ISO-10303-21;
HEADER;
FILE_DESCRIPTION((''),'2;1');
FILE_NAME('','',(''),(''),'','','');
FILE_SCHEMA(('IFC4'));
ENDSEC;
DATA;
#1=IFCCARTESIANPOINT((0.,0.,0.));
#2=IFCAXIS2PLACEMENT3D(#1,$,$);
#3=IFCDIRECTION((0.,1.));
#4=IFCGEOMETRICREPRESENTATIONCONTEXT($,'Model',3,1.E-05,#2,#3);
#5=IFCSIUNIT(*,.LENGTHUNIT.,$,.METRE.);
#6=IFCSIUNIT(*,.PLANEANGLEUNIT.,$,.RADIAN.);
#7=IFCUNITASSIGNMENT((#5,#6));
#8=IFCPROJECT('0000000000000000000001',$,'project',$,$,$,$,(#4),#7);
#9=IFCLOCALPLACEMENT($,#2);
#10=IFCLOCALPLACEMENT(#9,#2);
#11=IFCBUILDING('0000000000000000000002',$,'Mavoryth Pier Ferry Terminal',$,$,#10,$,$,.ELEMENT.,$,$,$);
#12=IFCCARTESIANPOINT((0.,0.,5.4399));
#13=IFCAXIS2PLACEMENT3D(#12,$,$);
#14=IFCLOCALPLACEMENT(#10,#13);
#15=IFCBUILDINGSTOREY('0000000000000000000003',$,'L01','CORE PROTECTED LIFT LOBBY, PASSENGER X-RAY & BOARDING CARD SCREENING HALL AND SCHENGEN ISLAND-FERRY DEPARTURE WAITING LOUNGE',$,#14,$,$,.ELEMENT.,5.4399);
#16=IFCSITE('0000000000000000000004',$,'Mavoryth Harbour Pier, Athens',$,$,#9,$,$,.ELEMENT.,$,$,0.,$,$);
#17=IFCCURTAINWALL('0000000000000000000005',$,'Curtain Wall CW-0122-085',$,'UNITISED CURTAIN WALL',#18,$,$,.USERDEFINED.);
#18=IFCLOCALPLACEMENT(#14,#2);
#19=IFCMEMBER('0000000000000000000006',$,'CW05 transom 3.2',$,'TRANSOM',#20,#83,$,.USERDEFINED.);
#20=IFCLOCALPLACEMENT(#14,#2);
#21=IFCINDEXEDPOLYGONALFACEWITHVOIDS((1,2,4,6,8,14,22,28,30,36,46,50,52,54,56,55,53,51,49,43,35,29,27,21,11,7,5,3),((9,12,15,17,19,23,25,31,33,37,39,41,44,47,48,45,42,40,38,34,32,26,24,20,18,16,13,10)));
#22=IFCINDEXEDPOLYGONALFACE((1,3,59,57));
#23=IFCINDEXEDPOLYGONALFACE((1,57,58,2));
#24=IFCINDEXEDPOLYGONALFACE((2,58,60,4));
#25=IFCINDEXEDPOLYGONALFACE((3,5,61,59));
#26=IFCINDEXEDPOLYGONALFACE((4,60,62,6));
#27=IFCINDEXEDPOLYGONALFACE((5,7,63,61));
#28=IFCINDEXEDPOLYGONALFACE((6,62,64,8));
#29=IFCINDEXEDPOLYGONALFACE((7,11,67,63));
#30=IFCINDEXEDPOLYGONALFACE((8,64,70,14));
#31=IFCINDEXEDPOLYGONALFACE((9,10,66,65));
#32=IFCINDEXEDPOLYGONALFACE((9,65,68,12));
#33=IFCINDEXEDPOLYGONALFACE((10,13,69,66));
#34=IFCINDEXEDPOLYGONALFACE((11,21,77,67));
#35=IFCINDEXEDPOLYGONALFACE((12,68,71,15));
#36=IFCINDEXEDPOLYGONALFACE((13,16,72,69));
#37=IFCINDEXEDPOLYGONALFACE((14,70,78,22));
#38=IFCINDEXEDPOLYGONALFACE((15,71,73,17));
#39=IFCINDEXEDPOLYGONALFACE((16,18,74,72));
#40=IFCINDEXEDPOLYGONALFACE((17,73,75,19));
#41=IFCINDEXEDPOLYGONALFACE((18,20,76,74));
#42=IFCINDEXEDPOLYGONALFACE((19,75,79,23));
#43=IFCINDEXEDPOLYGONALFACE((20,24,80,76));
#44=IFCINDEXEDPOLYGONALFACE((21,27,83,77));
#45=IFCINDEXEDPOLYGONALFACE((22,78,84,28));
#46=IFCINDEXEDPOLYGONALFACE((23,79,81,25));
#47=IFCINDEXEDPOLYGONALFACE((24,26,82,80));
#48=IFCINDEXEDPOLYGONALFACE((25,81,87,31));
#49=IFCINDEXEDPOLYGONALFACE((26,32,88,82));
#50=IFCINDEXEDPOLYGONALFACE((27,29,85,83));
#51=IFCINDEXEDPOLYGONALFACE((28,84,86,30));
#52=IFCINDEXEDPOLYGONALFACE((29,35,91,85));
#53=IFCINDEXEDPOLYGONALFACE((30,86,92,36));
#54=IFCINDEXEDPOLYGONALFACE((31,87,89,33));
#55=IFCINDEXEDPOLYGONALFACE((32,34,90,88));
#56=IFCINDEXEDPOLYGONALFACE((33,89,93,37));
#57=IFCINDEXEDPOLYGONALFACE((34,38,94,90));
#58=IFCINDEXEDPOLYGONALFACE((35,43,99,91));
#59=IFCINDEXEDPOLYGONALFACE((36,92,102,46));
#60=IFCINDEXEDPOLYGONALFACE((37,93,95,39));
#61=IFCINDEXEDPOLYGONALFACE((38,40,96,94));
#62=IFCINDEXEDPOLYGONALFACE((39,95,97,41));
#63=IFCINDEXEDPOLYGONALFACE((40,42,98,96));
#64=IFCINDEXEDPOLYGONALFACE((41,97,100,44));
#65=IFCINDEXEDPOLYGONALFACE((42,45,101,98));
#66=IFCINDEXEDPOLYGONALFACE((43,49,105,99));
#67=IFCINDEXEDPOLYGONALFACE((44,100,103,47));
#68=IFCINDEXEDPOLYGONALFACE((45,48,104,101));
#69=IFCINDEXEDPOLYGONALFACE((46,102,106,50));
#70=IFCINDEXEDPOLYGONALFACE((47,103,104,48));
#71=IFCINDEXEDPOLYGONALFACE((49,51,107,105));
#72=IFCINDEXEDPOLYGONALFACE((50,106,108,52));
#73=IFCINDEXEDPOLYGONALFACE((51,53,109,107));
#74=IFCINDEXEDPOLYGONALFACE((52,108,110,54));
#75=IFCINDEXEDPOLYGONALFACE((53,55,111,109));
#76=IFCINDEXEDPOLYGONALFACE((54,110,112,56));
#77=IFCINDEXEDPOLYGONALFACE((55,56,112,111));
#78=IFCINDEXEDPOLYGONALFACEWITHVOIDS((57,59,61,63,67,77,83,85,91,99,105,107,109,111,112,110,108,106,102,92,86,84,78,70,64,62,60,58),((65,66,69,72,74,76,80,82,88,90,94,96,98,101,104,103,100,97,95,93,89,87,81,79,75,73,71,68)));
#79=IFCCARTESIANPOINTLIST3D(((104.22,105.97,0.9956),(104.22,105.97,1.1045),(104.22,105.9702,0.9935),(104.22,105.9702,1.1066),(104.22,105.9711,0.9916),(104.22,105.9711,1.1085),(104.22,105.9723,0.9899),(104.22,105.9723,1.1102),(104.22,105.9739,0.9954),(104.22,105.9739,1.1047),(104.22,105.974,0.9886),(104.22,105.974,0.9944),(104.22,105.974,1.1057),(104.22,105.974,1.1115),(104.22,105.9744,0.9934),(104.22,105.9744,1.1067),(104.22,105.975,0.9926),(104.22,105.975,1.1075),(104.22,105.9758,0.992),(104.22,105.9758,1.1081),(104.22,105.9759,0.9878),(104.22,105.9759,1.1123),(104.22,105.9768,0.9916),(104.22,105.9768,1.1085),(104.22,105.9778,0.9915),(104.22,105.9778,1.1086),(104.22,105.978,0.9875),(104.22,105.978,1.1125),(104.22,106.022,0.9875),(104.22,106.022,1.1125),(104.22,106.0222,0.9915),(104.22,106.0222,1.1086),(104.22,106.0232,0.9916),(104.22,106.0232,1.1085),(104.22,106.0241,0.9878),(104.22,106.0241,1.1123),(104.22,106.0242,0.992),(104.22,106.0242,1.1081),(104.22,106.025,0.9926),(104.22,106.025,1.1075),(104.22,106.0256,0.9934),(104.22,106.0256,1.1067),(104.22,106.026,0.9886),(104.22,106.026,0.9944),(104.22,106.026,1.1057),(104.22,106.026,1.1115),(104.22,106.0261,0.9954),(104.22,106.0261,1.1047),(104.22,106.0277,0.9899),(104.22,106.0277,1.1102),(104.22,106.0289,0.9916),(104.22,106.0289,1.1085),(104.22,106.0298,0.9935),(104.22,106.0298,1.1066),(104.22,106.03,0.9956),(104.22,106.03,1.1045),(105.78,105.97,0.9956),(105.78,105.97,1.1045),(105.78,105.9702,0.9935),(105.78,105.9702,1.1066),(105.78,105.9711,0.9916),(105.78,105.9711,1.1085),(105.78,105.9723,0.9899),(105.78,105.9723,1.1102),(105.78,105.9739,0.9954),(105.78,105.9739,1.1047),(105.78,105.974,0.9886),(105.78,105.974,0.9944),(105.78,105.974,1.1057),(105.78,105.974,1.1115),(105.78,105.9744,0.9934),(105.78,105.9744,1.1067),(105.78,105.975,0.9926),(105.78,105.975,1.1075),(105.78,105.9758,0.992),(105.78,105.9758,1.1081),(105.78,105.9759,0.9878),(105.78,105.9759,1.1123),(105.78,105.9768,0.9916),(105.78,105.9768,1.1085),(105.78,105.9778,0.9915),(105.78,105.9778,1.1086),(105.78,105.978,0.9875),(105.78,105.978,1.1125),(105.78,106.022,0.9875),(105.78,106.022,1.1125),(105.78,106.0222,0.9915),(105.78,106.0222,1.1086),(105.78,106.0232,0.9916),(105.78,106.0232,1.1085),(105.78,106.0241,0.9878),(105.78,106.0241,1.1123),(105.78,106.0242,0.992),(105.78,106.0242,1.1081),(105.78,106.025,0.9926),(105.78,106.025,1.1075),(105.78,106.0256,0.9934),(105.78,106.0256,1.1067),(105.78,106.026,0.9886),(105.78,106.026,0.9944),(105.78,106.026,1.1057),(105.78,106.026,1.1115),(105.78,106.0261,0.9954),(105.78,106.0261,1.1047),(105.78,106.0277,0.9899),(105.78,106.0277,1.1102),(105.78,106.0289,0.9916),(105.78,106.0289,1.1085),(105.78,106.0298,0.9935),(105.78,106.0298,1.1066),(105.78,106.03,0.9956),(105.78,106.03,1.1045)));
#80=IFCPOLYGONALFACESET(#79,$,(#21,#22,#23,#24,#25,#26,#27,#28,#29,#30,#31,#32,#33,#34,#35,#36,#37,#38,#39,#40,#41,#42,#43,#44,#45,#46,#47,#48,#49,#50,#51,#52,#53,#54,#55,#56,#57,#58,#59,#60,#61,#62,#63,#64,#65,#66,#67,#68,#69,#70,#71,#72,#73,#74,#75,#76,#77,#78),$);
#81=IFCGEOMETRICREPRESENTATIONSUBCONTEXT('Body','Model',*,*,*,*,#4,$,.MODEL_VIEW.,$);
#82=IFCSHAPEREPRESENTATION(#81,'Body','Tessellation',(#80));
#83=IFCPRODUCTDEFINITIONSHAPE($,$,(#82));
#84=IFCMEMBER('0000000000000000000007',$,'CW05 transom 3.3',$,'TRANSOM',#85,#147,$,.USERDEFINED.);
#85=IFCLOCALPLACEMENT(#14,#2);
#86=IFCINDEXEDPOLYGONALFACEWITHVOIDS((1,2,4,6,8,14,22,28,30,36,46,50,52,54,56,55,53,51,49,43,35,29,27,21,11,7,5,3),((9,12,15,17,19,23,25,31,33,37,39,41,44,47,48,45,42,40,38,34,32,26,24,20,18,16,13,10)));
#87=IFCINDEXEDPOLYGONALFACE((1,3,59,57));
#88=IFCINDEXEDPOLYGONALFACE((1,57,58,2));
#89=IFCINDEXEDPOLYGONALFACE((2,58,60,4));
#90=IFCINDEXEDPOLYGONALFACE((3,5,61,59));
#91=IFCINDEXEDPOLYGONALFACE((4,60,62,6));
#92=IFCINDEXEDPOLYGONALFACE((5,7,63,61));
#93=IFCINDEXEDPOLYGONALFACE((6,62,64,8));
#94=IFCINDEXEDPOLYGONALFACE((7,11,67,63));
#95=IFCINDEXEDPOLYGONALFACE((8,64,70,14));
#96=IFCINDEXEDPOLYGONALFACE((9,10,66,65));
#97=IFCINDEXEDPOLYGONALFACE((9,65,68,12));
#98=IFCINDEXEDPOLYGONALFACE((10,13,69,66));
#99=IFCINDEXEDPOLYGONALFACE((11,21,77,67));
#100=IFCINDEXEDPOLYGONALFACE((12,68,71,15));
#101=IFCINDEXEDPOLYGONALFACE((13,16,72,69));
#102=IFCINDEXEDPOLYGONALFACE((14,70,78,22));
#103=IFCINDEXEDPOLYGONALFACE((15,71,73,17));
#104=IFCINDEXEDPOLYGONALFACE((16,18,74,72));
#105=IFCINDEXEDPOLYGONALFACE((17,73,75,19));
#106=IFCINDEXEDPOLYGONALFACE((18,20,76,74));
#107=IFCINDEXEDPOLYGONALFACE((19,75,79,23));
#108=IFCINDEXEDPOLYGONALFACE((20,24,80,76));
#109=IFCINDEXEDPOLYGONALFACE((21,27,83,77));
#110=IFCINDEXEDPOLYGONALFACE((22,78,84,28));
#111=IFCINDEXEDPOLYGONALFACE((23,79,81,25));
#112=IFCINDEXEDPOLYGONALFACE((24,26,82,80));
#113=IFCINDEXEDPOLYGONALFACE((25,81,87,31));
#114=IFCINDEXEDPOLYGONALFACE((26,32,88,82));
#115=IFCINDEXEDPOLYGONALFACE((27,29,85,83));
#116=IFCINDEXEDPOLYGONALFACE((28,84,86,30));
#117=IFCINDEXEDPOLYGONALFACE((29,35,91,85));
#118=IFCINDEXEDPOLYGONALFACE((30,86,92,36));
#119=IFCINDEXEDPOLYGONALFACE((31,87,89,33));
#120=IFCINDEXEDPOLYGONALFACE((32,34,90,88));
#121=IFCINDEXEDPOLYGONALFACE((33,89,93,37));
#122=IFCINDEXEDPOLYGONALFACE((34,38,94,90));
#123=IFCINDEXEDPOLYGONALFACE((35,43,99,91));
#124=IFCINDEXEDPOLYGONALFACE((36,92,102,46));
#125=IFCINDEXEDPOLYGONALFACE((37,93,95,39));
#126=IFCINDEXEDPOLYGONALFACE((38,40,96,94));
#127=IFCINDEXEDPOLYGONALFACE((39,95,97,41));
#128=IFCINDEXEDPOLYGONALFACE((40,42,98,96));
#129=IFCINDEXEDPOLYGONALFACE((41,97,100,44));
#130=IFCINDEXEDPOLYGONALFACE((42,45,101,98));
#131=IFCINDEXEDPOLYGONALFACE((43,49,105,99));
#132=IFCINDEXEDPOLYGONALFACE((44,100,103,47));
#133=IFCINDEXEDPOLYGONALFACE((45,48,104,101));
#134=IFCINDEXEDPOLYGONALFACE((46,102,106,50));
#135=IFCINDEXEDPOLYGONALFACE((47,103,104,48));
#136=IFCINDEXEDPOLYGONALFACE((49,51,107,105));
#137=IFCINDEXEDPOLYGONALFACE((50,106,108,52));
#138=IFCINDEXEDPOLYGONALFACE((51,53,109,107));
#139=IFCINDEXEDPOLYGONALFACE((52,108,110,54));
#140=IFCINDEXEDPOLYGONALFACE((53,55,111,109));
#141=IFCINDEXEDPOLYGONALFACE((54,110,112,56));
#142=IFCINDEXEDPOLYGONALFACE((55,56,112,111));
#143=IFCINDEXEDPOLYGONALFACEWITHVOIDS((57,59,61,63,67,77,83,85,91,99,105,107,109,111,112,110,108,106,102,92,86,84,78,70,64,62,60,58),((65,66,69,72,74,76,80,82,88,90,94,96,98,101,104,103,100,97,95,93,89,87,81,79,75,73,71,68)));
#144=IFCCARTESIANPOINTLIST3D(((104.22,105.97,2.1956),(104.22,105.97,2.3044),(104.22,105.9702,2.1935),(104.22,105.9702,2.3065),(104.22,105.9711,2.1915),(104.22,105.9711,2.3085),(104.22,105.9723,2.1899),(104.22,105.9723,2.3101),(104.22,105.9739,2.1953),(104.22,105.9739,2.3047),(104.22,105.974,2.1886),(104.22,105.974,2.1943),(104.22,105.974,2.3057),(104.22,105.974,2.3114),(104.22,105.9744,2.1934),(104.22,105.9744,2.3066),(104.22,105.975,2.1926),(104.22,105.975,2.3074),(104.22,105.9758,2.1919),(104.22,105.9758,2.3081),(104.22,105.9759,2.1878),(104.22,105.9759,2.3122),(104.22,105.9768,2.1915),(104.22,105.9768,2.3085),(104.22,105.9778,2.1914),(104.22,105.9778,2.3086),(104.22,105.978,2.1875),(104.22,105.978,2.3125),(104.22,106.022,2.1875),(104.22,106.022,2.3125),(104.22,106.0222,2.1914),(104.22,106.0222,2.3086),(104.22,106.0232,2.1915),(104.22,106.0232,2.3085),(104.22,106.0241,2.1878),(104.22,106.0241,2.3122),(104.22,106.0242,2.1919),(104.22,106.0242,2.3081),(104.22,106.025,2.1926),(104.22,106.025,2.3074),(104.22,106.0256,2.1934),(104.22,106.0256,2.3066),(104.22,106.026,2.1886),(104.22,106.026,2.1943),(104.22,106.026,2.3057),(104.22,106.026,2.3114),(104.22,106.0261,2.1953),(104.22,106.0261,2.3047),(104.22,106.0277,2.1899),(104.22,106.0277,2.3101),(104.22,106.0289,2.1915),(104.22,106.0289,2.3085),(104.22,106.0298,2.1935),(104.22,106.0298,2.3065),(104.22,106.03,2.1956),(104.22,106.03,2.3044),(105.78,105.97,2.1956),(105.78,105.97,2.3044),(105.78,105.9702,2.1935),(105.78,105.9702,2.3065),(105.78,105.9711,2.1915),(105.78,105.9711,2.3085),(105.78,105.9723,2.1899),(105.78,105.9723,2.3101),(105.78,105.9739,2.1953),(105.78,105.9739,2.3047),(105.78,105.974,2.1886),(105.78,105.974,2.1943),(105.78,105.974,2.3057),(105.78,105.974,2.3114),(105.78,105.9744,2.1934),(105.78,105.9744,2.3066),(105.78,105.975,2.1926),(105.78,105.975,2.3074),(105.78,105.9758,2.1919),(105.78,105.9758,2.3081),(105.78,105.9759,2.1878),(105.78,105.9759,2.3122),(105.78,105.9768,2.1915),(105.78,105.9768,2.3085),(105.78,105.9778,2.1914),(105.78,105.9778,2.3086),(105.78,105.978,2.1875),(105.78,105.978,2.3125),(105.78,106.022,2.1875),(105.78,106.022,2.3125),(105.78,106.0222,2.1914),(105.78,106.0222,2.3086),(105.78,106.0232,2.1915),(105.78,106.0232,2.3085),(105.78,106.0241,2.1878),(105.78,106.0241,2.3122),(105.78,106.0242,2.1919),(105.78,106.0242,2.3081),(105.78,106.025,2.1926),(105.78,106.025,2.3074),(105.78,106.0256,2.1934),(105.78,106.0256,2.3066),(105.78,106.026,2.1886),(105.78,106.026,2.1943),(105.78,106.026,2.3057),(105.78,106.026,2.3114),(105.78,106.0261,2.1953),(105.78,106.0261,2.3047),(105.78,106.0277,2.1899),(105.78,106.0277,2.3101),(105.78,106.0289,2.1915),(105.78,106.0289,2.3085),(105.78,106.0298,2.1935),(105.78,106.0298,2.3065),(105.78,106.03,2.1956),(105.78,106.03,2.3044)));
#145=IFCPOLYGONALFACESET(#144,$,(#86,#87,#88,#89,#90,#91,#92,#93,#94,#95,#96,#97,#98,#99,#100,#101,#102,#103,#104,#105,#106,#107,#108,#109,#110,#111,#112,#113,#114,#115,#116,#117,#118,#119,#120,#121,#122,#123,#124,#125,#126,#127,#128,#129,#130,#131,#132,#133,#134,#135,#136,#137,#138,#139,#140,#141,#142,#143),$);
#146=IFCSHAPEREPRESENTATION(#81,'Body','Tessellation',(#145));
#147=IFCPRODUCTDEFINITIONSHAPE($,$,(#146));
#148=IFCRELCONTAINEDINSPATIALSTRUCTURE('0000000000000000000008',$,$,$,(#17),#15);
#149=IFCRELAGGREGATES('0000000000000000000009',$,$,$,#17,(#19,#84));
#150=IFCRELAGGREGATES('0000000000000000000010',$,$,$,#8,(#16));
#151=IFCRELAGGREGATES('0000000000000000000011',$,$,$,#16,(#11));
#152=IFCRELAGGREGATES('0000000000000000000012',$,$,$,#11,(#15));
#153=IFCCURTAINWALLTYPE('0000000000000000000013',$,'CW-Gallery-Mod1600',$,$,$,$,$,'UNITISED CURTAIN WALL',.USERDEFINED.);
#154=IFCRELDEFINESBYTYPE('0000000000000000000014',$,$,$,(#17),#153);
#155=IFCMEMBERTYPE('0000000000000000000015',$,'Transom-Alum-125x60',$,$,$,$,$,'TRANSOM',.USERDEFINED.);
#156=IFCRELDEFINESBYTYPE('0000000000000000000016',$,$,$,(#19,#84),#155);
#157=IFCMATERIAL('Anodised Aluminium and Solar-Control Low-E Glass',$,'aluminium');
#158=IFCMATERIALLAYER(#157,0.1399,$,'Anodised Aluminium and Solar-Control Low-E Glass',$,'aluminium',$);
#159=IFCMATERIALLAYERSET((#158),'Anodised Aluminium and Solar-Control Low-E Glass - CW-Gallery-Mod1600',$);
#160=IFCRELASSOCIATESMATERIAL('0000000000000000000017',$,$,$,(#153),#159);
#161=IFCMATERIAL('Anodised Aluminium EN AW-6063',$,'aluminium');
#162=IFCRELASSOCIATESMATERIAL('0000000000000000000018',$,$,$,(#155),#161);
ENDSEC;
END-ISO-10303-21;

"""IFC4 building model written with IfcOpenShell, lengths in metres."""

from ifc_helpers import new_model, si_unit, direction, frame, origin, origin_2d, place, context, subcontext, project, spatial, hollow_rectangle, extrude, material, layer, layer_set, material_profile, profile_set, type_object, element, aggregate, save


model = new_model("IFC4")

# Units and contexts
model_context = context("Model", 3, precision=1e-05, world=origin(), true_north=direction((0.0, 1.0)))
body_context = subcontext(model_context, "Body", "Model", "MODEL_VIEW")
ifc_project = project(units=[si_unit("LENGTHUNIT", "METRE"), si_unit("PLANEANGLEUNIT", "RADIAN")], contexts=[model_context])

# Site, building, storey
site_placement = place(None, origin())
site = spatial("IfcSite", under=ifc_project, at=site_placement, Name="Mavoryth Harbour Pier, Athens", CompositionType="ELEMENT", RefElevation=0.0)
building_placement = place(site_placement, origin())
building = spatial("IfcBuilding", under=site, at=building_placement, Name="Mavoryth Pier Ferry Terminal", CompositionType="ELEMENT")
storey_placement = place(building_placement, frame((0.0, 0.0, 5.4399)))
storey = spatial("IfcBuildingStorey", under=building, at=storey_placement, Name="L01", Description="CORE PROTECTED LIFT LOBBY, PASSENGER X-RAY & BOARDING CARD SCREENING HALL AND SCHENGEN ISLAND-FERRY DEPARTURE WAITING LOUNGE", CompositionType="ELEMENT", Elevation=5.4399)

# Shared definitions
ifc_material_1 = material(Name="Anodised Aluminium and Solar-Control Low-E Glass", Category="aluminium")
ifc_layer_1 = layer(ifc_material_1, 0.1399, Name="Anodised Aluminium and Solar-Control Low-E Glass", Category="aluminium")
ifc_layer_set_1 = layer_set([ifc_layer_1], Name="Anodised Aluminium and Solar-Control Low-E Glass - CW-Gallery-Mod1600")
curtain_wall_type = type_object("IfcCurtainWallType", Name="CW-Gallery-Mod1600", ElementType="UNITISED CURTAIN WALL", PredefinedType="USERDEFINED", material=ifc_layer_set_1)
ifc_material_2 = material(Name="Anodised Aluminium EN AW-6063", Category="aluminium")

# Curtain wall
curtain_wall_1_placement = place(storey_placement, origin())
curtain_wall_1 = element("IfcCurtainWall", 1, at=curtain_wall_1_placement, inside=storey, type_object=curtain_wall_type, Name="Curtain Wall CW-0122-085", ObjectType="UNITISED CURTAIN WALL", PredefinedType="USERDEFINED")

# Members
ifc_material_profile_1 = material_profile(ifc_material_2, hollow_rectangle(XDim=0.0601, YDim=0.125, WallThickness=0.0039, InnerFilletRadius=0.0039, OuterFilletRadius=0.0081, at=origin_2d()), Name="AL-TRAN 125x60x4", Category="aluminium")
ifc_profile_set_1 = profile_set([ifc_material_profile_1], Name="Anodised Aluminium EN AW-6063 - AL-TRAN 125x60x4")
member_type_1 = type_object("IfcMemberType", Name="Transom-Alum-125x60", ElementType="TRANSOM", PredefinedType="USERDEFINED", material=ifc_profile_set_1)
member_1_placement = place(storey_placement, frame((104.22, 106.0, 1.05), z_axis=(1.0, 0.0, 0.0), x_axis=(0.0, 1.0, 0.0)))
member_1 = element("IfcMember", 2, at=member_1_placement, type_object=member_type_1, Name="CW05 transom 3.2", ObjectType="TRANSOM", PredefinedType="USERDEFINED", context=body_context, shape_type="SweptSolid", body=[
    extrude(hollow_rectangle(XDim=0.0601, YDim=0.125, WallThickness=0.0039, InnerFilletRadius=0.0039, OuterFilletRadius=0.0081, at=origin_2d()), origin(), (0.0, 0.0, 1.0), 1.5601),
])
member_2_placement = place(storey_placement, frame((104.22, 106.0, 2.25), z_axis=(1.0, 0.0, 0.0), x_axis=(0.0, 1.0, 0.0)))
member_2 = element("IfcMember", 3, at=member_2_placement, type_object=member_type_1, Name="CW05 transom 3.3", ObjectType="TRANSOM", PredefinedType="USERDEFINED", context=body_context, shape_type="SweptSolid", body=[
    extrude(hollow_rectangle(XDim=0.0601, YDim=0.125, WallThickness=0.0039, InnerFilletRadius=0.0039, OuterFilletRadius=0.0081, at=origin_2d()), origin(), (0.0, 0.0, 1.0), 1.5601),
])

aggregate(curtain_wall_1, [member_1, member_2])

save(model, "model.ifc")
